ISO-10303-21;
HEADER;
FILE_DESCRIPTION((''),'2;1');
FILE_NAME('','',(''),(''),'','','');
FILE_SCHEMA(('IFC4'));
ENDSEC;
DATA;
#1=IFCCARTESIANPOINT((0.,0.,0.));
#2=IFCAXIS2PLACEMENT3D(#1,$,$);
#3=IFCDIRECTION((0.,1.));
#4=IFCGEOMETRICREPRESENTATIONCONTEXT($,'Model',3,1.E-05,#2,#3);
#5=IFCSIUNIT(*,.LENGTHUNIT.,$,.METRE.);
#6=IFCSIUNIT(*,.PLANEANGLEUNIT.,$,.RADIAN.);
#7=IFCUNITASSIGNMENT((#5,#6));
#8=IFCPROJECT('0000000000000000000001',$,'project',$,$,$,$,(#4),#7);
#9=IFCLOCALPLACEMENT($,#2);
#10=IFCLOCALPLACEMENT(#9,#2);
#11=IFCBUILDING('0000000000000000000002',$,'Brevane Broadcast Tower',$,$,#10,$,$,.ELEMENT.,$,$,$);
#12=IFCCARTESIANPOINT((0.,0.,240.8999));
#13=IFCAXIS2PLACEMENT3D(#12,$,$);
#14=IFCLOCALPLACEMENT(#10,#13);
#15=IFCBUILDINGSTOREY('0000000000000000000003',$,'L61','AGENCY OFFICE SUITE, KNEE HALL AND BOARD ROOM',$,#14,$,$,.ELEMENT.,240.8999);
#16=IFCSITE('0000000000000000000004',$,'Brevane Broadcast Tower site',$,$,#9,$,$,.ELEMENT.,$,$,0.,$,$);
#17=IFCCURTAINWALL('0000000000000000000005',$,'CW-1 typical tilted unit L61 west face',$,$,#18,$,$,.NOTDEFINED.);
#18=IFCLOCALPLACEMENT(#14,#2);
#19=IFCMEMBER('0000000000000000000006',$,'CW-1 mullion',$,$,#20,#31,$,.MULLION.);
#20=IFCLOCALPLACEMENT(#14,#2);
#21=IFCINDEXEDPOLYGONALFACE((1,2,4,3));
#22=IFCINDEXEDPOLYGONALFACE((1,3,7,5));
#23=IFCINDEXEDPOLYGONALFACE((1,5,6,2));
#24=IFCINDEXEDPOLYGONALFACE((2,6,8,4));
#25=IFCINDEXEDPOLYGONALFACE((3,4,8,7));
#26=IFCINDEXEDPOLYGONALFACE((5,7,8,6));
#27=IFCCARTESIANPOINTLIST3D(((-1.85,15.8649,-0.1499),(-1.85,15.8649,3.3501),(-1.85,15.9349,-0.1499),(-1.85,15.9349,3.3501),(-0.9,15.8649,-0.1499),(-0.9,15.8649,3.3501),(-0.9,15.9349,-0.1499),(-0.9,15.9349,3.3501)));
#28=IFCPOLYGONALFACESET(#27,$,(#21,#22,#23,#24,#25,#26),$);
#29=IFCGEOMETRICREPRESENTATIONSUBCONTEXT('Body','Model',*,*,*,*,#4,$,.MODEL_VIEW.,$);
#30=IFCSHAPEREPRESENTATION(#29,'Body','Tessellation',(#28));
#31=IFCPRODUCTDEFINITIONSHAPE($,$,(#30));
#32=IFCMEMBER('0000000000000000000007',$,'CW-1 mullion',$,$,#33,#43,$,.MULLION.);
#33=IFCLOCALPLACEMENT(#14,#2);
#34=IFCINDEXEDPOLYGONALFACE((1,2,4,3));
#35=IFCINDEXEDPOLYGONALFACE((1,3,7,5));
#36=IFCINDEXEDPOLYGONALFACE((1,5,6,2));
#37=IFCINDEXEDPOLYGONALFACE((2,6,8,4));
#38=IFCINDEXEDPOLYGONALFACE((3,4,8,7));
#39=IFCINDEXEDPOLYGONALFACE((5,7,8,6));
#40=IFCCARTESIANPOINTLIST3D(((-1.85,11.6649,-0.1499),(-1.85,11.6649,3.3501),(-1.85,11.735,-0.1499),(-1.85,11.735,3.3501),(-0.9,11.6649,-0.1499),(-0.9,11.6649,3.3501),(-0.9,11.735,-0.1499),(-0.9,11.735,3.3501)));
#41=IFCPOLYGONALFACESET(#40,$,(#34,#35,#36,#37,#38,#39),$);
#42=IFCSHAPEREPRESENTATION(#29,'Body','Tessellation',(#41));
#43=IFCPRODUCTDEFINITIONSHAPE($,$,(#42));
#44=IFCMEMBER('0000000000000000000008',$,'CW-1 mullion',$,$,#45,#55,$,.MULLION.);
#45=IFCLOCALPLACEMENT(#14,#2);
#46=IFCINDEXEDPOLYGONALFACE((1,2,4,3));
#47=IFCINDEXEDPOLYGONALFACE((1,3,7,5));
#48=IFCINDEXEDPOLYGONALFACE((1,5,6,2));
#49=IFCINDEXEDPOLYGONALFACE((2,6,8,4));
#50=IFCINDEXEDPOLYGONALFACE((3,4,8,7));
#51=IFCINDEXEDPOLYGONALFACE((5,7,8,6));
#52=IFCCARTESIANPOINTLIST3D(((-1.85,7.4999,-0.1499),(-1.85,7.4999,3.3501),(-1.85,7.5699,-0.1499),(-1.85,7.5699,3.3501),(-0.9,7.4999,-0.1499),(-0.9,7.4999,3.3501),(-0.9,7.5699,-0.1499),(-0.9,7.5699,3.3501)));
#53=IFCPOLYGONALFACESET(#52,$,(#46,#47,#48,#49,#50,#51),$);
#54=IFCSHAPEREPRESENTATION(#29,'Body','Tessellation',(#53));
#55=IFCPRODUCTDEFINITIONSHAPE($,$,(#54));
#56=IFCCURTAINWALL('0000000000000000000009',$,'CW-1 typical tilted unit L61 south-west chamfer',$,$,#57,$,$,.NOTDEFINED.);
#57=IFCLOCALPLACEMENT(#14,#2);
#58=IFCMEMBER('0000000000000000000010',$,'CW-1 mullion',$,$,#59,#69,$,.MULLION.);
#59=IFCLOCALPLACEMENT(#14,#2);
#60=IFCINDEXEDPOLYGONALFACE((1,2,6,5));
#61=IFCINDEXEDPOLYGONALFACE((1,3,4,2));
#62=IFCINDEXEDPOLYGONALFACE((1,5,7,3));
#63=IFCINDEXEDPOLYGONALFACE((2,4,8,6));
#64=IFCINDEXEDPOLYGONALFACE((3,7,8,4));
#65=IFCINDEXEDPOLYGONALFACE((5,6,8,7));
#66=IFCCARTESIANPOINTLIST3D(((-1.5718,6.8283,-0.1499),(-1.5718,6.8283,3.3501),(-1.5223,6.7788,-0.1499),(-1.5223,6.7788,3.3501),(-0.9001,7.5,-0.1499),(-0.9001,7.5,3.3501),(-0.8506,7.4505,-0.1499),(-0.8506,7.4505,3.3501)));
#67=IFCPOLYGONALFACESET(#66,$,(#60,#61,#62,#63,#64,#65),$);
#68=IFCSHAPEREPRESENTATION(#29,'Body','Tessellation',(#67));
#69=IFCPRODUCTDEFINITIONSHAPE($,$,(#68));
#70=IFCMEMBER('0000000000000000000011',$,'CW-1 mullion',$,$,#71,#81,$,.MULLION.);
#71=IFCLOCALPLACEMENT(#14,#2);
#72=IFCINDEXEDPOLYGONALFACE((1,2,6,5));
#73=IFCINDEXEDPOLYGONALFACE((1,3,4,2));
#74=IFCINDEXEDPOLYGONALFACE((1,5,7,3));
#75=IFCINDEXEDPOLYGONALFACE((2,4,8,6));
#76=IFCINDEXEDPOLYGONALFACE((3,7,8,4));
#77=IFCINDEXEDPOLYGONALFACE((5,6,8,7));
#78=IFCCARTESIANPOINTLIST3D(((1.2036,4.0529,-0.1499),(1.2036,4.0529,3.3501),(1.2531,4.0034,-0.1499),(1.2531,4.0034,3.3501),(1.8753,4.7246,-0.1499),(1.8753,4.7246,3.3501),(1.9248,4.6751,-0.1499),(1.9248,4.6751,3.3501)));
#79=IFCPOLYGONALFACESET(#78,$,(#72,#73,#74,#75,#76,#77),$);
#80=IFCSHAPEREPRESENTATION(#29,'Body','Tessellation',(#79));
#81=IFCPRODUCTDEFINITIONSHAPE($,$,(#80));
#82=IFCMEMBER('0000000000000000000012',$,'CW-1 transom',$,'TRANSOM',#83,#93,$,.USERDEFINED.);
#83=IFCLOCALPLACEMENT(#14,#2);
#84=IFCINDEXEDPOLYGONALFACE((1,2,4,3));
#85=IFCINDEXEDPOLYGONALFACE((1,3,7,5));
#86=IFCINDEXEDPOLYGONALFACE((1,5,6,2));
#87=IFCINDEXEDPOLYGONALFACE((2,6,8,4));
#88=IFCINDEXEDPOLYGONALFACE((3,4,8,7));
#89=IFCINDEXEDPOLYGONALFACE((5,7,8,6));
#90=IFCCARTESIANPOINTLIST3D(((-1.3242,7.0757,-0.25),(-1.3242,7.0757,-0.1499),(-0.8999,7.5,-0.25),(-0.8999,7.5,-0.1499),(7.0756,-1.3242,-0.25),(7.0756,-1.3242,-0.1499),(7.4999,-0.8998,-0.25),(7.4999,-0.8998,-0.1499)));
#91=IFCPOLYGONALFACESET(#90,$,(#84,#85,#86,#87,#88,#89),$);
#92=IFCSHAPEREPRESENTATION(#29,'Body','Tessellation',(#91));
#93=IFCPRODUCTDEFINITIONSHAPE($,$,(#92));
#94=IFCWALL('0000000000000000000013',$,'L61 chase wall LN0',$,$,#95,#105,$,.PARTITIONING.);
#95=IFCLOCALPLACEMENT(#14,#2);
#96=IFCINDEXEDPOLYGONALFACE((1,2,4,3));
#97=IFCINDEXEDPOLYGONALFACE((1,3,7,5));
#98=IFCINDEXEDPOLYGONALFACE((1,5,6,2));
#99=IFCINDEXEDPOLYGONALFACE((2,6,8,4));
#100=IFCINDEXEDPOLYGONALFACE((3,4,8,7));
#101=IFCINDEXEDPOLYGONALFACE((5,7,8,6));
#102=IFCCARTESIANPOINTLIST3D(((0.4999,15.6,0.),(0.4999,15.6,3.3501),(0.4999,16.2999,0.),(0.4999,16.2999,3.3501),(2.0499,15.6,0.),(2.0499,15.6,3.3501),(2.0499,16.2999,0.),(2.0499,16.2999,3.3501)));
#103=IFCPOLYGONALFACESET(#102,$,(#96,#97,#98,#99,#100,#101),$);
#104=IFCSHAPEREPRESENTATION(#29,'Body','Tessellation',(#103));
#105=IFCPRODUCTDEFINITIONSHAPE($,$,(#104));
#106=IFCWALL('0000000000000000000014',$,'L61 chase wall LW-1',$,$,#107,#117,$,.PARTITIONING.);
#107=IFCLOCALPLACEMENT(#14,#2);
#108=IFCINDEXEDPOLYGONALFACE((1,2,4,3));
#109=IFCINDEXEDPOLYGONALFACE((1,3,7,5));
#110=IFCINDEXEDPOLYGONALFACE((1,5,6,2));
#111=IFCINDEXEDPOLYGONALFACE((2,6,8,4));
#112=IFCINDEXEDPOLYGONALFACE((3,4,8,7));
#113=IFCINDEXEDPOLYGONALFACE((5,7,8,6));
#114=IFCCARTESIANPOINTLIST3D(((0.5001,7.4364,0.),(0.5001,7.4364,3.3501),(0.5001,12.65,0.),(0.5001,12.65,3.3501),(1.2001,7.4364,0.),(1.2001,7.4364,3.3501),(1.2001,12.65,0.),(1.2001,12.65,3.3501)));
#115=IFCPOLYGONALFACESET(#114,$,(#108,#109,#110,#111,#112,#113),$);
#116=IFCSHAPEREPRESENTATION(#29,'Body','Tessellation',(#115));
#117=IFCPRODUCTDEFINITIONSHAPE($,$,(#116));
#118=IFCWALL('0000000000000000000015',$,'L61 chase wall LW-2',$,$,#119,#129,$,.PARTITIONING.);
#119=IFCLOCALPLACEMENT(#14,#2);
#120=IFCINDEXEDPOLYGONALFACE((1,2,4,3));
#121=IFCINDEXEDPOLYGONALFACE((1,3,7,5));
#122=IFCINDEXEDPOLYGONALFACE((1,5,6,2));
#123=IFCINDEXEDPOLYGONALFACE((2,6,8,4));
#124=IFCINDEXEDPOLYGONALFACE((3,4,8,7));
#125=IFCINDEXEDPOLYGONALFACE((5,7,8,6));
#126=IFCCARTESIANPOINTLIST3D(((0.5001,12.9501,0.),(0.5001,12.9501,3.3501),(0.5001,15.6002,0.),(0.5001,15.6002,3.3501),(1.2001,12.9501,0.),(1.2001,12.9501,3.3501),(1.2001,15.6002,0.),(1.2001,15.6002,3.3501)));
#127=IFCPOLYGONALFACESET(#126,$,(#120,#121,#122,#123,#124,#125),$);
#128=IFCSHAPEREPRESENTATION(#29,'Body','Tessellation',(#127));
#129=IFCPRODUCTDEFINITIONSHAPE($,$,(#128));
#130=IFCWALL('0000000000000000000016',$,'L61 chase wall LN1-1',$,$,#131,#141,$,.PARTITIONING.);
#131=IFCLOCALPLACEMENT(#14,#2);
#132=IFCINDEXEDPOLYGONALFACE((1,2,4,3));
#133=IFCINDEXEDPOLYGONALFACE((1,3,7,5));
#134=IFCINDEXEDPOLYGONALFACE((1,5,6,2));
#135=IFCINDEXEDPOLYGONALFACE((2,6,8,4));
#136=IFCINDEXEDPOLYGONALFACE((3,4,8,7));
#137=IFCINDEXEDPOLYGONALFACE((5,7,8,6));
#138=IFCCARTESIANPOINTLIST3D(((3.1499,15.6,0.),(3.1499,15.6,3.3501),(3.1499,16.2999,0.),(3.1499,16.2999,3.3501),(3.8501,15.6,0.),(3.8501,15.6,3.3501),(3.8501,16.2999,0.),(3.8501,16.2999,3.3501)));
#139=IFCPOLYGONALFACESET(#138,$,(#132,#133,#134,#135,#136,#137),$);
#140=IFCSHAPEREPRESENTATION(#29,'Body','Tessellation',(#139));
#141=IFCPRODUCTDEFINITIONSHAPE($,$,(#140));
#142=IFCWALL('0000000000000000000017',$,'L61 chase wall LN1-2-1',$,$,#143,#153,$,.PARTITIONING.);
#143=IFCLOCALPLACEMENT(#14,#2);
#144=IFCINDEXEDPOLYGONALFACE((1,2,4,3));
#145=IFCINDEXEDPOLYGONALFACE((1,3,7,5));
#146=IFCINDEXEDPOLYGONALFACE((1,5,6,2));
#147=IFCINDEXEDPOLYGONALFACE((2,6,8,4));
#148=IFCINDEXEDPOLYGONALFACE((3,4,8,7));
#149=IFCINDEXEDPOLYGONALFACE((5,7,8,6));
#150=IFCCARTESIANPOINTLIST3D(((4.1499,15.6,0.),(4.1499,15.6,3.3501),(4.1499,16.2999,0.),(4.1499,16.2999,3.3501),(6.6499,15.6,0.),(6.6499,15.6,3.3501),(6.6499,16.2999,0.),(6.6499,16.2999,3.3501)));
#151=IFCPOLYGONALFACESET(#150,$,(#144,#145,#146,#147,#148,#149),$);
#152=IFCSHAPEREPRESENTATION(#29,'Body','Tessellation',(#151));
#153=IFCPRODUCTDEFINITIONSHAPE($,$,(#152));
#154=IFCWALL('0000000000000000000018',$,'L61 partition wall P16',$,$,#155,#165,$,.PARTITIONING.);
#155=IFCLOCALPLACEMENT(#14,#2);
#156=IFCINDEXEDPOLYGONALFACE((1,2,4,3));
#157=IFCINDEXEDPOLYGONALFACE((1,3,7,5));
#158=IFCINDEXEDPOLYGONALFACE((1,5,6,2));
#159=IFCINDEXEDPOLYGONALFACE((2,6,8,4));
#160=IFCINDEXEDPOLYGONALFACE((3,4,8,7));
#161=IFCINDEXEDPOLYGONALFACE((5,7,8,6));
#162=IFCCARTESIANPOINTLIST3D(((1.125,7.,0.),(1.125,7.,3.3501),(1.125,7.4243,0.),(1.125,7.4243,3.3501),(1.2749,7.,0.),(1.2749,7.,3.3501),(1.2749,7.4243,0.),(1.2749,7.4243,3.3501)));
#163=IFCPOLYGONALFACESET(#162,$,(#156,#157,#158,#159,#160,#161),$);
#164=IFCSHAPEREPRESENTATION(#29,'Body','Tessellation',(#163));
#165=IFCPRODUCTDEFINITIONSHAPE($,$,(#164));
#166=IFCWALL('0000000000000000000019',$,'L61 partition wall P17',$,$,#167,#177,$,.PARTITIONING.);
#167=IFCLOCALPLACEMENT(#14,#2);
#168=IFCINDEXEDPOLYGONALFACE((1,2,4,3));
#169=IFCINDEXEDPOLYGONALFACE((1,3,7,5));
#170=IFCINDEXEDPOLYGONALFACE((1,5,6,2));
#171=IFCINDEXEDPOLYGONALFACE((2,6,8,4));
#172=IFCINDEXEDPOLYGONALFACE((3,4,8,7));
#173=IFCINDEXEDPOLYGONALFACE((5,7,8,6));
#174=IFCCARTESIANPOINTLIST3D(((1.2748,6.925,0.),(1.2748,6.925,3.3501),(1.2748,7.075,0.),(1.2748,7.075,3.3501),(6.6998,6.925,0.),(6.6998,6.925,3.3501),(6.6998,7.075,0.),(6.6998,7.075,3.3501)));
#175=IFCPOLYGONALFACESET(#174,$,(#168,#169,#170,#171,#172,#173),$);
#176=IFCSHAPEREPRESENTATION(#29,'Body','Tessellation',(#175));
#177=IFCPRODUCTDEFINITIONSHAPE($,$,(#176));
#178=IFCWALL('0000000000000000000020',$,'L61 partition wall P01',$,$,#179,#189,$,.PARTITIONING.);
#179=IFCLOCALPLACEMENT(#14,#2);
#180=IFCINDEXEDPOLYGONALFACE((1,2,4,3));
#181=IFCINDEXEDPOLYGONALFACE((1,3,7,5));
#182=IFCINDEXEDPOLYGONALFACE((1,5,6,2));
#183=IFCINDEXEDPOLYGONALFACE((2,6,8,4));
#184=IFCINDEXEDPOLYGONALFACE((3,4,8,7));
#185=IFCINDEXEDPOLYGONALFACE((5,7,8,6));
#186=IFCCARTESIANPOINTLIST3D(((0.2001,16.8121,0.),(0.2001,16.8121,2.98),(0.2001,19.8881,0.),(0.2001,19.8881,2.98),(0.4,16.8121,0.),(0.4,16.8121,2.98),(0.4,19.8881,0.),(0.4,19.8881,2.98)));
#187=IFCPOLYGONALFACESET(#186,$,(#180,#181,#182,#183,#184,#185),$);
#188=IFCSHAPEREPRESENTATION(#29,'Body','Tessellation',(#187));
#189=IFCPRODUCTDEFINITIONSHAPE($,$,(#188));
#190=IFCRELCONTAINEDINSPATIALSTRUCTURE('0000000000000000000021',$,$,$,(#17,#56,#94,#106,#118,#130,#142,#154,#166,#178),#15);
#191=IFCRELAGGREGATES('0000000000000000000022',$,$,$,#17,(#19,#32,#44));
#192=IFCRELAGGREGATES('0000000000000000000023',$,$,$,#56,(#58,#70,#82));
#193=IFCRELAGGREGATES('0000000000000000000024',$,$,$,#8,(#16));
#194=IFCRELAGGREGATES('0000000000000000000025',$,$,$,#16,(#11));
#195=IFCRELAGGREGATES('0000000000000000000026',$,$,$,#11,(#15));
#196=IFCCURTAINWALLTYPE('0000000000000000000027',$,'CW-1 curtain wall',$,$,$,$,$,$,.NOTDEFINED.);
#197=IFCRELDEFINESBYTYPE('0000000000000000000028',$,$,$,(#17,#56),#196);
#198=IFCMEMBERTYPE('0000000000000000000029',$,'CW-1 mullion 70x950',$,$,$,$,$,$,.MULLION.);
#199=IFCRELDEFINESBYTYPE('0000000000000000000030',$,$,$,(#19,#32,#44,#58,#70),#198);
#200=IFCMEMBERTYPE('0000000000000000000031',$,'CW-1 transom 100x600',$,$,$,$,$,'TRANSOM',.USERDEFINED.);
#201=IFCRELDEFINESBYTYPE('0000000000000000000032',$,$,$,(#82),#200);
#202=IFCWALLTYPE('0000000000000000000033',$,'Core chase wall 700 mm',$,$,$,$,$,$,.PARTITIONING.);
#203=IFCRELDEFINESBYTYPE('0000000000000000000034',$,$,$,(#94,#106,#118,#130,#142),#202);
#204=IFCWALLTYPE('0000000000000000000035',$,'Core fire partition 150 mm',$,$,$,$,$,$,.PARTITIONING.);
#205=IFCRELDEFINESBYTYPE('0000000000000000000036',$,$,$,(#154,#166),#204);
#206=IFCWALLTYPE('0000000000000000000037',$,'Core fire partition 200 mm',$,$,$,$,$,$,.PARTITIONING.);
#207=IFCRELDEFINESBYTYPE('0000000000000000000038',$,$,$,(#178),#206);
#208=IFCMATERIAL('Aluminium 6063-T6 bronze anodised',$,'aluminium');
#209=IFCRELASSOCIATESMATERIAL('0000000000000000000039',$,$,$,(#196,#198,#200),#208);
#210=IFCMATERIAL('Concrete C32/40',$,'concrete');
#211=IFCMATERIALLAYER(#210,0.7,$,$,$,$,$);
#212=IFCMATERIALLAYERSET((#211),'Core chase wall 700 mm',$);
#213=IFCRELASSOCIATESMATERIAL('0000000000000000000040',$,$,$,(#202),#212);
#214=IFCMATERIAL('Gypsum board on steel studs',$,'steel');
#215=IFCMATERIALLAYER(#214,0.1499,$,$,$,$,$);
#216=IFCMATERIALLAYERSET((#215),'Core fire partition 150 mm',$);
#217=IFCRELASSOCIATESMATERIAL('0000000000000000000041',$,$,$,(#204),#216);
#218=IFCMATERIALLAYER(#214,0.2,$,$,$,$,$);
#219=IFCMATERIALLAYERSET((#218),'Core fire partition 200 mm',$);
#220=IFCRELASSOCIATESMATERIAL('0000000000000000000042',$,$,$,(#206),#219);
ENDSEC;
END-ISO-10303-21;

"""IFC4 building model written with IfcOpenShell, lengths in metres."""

from ifc_helpers import new_model, si_unit, direction, frame, frame_2d, origin, origin_2d, place, context, subcontext, project, spatial, rectangle, extrude, material, layer, layer_set, material_profile, profile_set, type_object, element, aggregate, save


model = new_model("IFC4")

# Units and contexts
model_context = context("Model", 3, precision=1e-05, world=origin(), true_north=direction((0.0, 1.0)))
body_context = subcontext(model_context, "Body", "Model", "MODEL_VIEW")
ifc_project = project(units=[si_unit("LENGTHUNIT", "METRE"), si_unit("PLANEANGLEUNIT", "RADIAN")], contexts=[model_context])

# Site, building, storey
site_placement = place(None, origin())
site = spatial("IfcSite", under=ifc_project, at=site_placement, Name="Brevane Broadcast Tower site", CompositionType="ELEMENT", RefElevation=0.0)
building_placement = place(site_placement, origin())
building = spatial("IfcBuilding", under=site, at=building_placement, Name="Brevane Broadcast Tower", CompositionType="ELEMENT")
storey_placement = place(building_placement, frame((0.0, 0.0, 240.8999)))
storey = spatial("IfcBuildingStorey", under=building, at=storey_placement, Name="L61", Description="AGENCY OFFICE SUITE, KNEE HALL AND BOARD ROOM", CompositionType="ELEMENT", Elevation=240.8999)

# Curtain walls, members
ifc_material_1 = material(Name="Aluminium 6063-T6 bronze anodised", Category="aluminium")
curtain_wall_type = type_object("IfcCurtainWallType", Name="CW-1 curtain wall", PredefinedType="NOTDEFINED", material=ifc_material_1)
curtain_wall_1_placement = place(storey_placement, origin())
curtain_wall_1 = element("IfcCurtainWall", 1, at=curtain_wall_1_placement, inside=storey, type_object=curtain_wall_type, Name="CW-1 typical tilted unit L61 west face", PredefinedType="NOTDEFINED")
ifc_material_profile_1 = material_profile(ifc_material_1, rectangle(XDim=0.95, YDim=0.0701, at=origin_2d()), Name="RECT 70x950")
ifc_profile_set_1 = profile_set([ifc_material_profile_1], Name="Aluminium 6063-T6 bronze anodised")
member_type_1 = type_object("IfcMemberType", Name="CW-1 mullion 70x950", PredefinedType="MULLION", material=ifc_profile_set_1)
member_1_placement = place(storey_placement, frame((-1.375, 15.8999, -0.1499), z_axis=(0.0, 0.0, 1.0), x_axis=(1.0, 0.0, 0.0)))
member_1 = element("IfcMember", 2, at=member_1_placement, type_object=member_type_1, Name="CW-1 mullion", PredefinedType="MULLION", context=body_context, shape_type="SweptSolid", body=[
    extrude(rectangle(XDim=0.95, YDim=0.0701, at=origin_2d()), origin(), (0.0, 0.0, 1.0), 3.5),
])
member_2_placement = place(storey_placement, frame((-1.375, 11.7, -0.1499), z_axis=(0.0, 0.0, 1.0), x_axis=(1.0, 0.0, 0.0)))
member_2 = element("IfcMember", 3, at=member_2_placement, type_object=member_type_1, Name="CW-1 mullion", PredefinedType="MULLION", context=body_context, shape_type="SweptSolid", body=[
    extrude(rectangle(XDim=0.95, YDim=0.0701, at=origin_2d()), origin(), (0.0, 0.0, 1.0), 3.5),
])
member_3_placement = place(storey_placement, frame((-1.375, 7.5349, -0.1499), z_axis=(0.0, 0.0, 1.0), x_axis=(1.0, 0.0, 0.0)))
member_3 = element("IfcMember", 4, at=member_3_placement, type_object=member_type_1, Name="CW-1 mullion", PredefinedType="MULLION", context=body_context, shape_type="SweptSolid", body=[
    extrude(rectangle(XDim=0.95, YDim=0.0701, at=origin_2d()), origin(), (0.0, 0.0, 1.0), 3.5),
])
aggregate(curtain_wall_1, [member_1, member_2, member_3])
curtain_wall_2_placement = place(storey_placement, origin())
curtain_wall_2 = element("IfcCurtainWall", 5, at=curtain_wall_2_placement, inside=storey, type_object=curtain_wall_type, Name="CW-1 typical tilted unit L61 south-west chamfer", PredefinedType="NOTDEFINED")
member_4_placement = place(storey_placement, frame((-1.2112, 7.1394, -0.1499), z_axis=(0.0, 0.0, 1.0), x_axis=(0.707107, 0.707107, 0.0)))
member_4 = element("IfcMember", 6, at=member_4_placement, type_object=member_type_1, Name="CW-1 mullion", PredefinedType="MULLION", context=body_context, shape_type="SweptSolid", body=[
    extrude(rectangle(XDim=0.95, YDim=0.0701, at=origin_2d()), origin(), (0.0, 0.0, 1.0), 3.5),
])
member_5_placement = place(storey_placement, frame((1.5642, 4.364, -0.1499), z_axis=(0.0, 0.0, 1.0), x_axis=(0.707107, 0.707107, 0.0)))
member_5 = element("IfcMember", 7, at=member_5_placement, type_object=member_type_1, Name="CW-1 mullion", PredefinedType="MULLION", context=body_context, shape_type="SweptSolid", body=[
    extrude(rectangle(XDim=0.95, YDim=0.0701, at=origin_2d()), origin(), (0.0, 0.0, 1.0), 3.5),
])
ifc_material_profile_2 = material_profile(ifc_material_1, rectangle(XDim=0.6001, YDim=0.1001, at=origin_2d()), Name="RECT 100x600")
ifc_profile_set_2 = profile_set([ifc_material_profile_2], Name="Aluminium 6063-T6 bronze anodised")
member_type_2 = type_object("IfcMemberType", Name="CW-1 transom 100x600", ElementType="TRANSOM", PredefinedType="USERDEFINED", material=ifc_profile_set_2)
member_6_placement = place(storey_placement, frame((-1.1121, 7.2878, -0.2), z_axis=(0.707107, -0.707107, 0.0), x_axis=(0.707107, 0.707107, 0.0)))
member_6 = element("IfcMember", 8, at=member_6_placement, type_object=member_type_2, Name="CW-1 transom", ObjectType="TRANSOM", PredefinedType="USERDEFINED", context=body_context, shape_type="SweptSolid", body=[
    extrude(rectangle(XDim=0.6001, YDim=0.1001, at=origin_2d()), origin(), (0.0, 0.0, 1.0), 11.8792),
])
aggregate(curtain_wall_2, [member_4, member_5, member_6])

# Walls
ifc_material_2 = material(Name="Concrete C32/40", Category="concrete")
ifc_layer_1 = layer(ifc_material_2, 0.7)
ifc_layer_set_1 = layer_set([ifc_layer_1], Name="Core chase wall 700 mm")
wall_type_1 = type_object("IfcWallType", Name="Core chase wall 700 mm", PredefinedType="PARTITIONING", material=ifc_layer_set_1)
wall_1_placement = place(storey_placement, frame((0.5, 15.95, 0.0), z_axis=(0.0, 0.0, 1.0), x_axis=(1.0, 0.0, 0.0)))
element("IfcWall", 9, at=wall_1_placement, inside=storey, type_object=wall_type_1, Name="L61 chase wall LN0", PredefinedType="PARTITIONING", context=body_context, shape_type="SweptSolid", body=[
    extrude(rectangle(XDim=1.55, YDim=0.7, at=frame_2d((0.7749, 0.0))), origin(), (0.0, 0.0, 1.0), 3.3501),
])
wall_2_placement = place(storey_placement, frame((0.8501, 7.4363, 0.0), z_axis=(0.0, 0.0, 1.0), x_axis=(0.0, 1.0, 0.0)))
element("IfcWall", 10, at=wall_2_placement, inside=storey, type_object=wall_type_1, Name="L61 chase wall LW-1", PredefinedType="PARTITIONING", context=body_context, shape_type="SweptSolid", body=[
    extrude(rectangle(XDim=5.2136, YDim=0.7, at=frame_2d((2.6069, 0.0))), origin(), (0.0, 0.0, 1.0), 3.3501),
])
wall_3_placement = place(storey_placement, frame((0.8501, 12.95, 0.0), z_axis=(0.0, 0.0, 1.0), x_axis=(0.0, 1.0, 0.0)))
element("IfcWall", 11, at=wall_3_placement, inside=storey, type_object=wall_type_1, Name="L61 chase wall LW-2", PredefinedType="PARTITIONING", context=body_context, shape_type="SweptSolid", body=[
    extrude(rectangle(XDim=2.6501, YDim=0.7, at=frame_2d((1.3252, 0.0))), origin(), (0.0, 0.0, 1.0), 3.3501),
])
wall_4_placement = place(storey_placement, frame((3.1499, 15.95, 0.0), z_axis=(0.0, 0.0, 1.0), x_axis=(1.0, 0.0, 0.0)))
element("IfcWall", 12, at=wall_4_placement, inside=storey, type_object=wall_type_1, Name="L61 chase wall LN1-1", PredefinedType="PARTITIONING", context=body_context, shape_type="SweptSolid", body=[
    extrude(rectangle(XDim=0.7002, YDim=0.7, at=frame_2d((0.3501, 0.0))), origin(), (0.0, 0.0, 1.0), 3.3501),
])
wall_5_placement = place(storey_placement, frame((4.1499, 15.95, 0.0), z_axis=(0.0, 0.0, 1.0), x_axis=(1.0, 0.0, 0.0)))
element("IfcWall", 13, at=wall_5_placement, inside=storey, type_object=wall_type_1, Name="L61 chase wall LN1-2-1", PredefinedType="PARTITIONING", context=body_context, shape_type="SweptSolid", body=[
    extrude(rectangle(XDim=2.5, YDim=0.7, at=frame_2d((1.25, 0.0))), origin(), (0.0, 0.0, 1.0), 3.3501),
])
ifc_material_3 = material(Name="Gypsum board on steel studs", Category="steel")
ifc_layer_2 = layer(ifc_material_3, 0.1499)
ifc_layer_set_2 = layer_set([ifc_layer_2], Name="Core fire partition 150 mm")
wall_type_2 = type_object("IfcWallType", Name="Core fire partition 150 mm", PredefinedType="PARTITIONING", material=ifc_layer_set_2)
wall_6_placement = place(storey_placement, frame((1.2, 7.4243, 0.0), z_axis=(0.0, 0.0, 1.0), x_axis=(0.0, -1.0, 0.0)))
element("IfcWall", 14, at=wall_6_placement, inside=storey, type_object=wall_type_2, Name="L61 partition wall P16", PredefinedType="PARTITIONING", context=body_context, shape_type="SweptSolid", body=[
    extrude(rectangle(XDim=0.4243, YDim=0.1499, at=frame_2d((0.2122, 0.0))), origin(), (0.0, 0.0, 1.0), 3.3501),
])
wall_7_placement = place(storey_placement, frame((1.2749, 7.0, 0.0), z_axis=(0.0, 0.0, 1.0), x_axis=(1.0, 0.0, 0.0)))
element("IfcWall", 15, at=wall_7_placement, inside=storey, type_object=wall_type_2, Name="L61 partition wall P17", PredefinedType="PARTITIONING", context=body_context, shape_type="SweptSolid", body=[
    extrude(rectangle(XDim=5.425, YDim=0.1499, at=frame_2d((2.7124, 0.0))), origin(), (0.0, 0.0, 1.0), 3.3501),
])
ifc_layer_3 = layer(ifc_material_3, 0.2)
ifc_layer_set_3 = layer_set([ifc_layer_3], Name="Core fire partition 200 mm")
wall_type_3 = type_object("IfcWallType", Name="Core fire partition 200 mm", PredefinedType="PARTITIONING", material=ifc_layer_set_3)
wall_8_placement = place(storey_placement, frame((0.3, 16.812, 0.0), z_axis=(0.0, 0.0, 1.0), x_axis=(0.0, 1.0, 0.0)))
element("IfcWall", 16, at=wall_8_placement, inside=storey, type_object=wall_type_3, Name="L61 partition wall P01", PredefinedType="PARTITIONING", context=body_context, shape_type="SweptSolid", body=[
    extrude(rectangle(XDim=3.0759, YDim=0.2, at=frame_2d((1.5381, 0.0))), origin(), (0.0, 0.0, 1.0), 2.98),
])

save(model, "model.ifc")
